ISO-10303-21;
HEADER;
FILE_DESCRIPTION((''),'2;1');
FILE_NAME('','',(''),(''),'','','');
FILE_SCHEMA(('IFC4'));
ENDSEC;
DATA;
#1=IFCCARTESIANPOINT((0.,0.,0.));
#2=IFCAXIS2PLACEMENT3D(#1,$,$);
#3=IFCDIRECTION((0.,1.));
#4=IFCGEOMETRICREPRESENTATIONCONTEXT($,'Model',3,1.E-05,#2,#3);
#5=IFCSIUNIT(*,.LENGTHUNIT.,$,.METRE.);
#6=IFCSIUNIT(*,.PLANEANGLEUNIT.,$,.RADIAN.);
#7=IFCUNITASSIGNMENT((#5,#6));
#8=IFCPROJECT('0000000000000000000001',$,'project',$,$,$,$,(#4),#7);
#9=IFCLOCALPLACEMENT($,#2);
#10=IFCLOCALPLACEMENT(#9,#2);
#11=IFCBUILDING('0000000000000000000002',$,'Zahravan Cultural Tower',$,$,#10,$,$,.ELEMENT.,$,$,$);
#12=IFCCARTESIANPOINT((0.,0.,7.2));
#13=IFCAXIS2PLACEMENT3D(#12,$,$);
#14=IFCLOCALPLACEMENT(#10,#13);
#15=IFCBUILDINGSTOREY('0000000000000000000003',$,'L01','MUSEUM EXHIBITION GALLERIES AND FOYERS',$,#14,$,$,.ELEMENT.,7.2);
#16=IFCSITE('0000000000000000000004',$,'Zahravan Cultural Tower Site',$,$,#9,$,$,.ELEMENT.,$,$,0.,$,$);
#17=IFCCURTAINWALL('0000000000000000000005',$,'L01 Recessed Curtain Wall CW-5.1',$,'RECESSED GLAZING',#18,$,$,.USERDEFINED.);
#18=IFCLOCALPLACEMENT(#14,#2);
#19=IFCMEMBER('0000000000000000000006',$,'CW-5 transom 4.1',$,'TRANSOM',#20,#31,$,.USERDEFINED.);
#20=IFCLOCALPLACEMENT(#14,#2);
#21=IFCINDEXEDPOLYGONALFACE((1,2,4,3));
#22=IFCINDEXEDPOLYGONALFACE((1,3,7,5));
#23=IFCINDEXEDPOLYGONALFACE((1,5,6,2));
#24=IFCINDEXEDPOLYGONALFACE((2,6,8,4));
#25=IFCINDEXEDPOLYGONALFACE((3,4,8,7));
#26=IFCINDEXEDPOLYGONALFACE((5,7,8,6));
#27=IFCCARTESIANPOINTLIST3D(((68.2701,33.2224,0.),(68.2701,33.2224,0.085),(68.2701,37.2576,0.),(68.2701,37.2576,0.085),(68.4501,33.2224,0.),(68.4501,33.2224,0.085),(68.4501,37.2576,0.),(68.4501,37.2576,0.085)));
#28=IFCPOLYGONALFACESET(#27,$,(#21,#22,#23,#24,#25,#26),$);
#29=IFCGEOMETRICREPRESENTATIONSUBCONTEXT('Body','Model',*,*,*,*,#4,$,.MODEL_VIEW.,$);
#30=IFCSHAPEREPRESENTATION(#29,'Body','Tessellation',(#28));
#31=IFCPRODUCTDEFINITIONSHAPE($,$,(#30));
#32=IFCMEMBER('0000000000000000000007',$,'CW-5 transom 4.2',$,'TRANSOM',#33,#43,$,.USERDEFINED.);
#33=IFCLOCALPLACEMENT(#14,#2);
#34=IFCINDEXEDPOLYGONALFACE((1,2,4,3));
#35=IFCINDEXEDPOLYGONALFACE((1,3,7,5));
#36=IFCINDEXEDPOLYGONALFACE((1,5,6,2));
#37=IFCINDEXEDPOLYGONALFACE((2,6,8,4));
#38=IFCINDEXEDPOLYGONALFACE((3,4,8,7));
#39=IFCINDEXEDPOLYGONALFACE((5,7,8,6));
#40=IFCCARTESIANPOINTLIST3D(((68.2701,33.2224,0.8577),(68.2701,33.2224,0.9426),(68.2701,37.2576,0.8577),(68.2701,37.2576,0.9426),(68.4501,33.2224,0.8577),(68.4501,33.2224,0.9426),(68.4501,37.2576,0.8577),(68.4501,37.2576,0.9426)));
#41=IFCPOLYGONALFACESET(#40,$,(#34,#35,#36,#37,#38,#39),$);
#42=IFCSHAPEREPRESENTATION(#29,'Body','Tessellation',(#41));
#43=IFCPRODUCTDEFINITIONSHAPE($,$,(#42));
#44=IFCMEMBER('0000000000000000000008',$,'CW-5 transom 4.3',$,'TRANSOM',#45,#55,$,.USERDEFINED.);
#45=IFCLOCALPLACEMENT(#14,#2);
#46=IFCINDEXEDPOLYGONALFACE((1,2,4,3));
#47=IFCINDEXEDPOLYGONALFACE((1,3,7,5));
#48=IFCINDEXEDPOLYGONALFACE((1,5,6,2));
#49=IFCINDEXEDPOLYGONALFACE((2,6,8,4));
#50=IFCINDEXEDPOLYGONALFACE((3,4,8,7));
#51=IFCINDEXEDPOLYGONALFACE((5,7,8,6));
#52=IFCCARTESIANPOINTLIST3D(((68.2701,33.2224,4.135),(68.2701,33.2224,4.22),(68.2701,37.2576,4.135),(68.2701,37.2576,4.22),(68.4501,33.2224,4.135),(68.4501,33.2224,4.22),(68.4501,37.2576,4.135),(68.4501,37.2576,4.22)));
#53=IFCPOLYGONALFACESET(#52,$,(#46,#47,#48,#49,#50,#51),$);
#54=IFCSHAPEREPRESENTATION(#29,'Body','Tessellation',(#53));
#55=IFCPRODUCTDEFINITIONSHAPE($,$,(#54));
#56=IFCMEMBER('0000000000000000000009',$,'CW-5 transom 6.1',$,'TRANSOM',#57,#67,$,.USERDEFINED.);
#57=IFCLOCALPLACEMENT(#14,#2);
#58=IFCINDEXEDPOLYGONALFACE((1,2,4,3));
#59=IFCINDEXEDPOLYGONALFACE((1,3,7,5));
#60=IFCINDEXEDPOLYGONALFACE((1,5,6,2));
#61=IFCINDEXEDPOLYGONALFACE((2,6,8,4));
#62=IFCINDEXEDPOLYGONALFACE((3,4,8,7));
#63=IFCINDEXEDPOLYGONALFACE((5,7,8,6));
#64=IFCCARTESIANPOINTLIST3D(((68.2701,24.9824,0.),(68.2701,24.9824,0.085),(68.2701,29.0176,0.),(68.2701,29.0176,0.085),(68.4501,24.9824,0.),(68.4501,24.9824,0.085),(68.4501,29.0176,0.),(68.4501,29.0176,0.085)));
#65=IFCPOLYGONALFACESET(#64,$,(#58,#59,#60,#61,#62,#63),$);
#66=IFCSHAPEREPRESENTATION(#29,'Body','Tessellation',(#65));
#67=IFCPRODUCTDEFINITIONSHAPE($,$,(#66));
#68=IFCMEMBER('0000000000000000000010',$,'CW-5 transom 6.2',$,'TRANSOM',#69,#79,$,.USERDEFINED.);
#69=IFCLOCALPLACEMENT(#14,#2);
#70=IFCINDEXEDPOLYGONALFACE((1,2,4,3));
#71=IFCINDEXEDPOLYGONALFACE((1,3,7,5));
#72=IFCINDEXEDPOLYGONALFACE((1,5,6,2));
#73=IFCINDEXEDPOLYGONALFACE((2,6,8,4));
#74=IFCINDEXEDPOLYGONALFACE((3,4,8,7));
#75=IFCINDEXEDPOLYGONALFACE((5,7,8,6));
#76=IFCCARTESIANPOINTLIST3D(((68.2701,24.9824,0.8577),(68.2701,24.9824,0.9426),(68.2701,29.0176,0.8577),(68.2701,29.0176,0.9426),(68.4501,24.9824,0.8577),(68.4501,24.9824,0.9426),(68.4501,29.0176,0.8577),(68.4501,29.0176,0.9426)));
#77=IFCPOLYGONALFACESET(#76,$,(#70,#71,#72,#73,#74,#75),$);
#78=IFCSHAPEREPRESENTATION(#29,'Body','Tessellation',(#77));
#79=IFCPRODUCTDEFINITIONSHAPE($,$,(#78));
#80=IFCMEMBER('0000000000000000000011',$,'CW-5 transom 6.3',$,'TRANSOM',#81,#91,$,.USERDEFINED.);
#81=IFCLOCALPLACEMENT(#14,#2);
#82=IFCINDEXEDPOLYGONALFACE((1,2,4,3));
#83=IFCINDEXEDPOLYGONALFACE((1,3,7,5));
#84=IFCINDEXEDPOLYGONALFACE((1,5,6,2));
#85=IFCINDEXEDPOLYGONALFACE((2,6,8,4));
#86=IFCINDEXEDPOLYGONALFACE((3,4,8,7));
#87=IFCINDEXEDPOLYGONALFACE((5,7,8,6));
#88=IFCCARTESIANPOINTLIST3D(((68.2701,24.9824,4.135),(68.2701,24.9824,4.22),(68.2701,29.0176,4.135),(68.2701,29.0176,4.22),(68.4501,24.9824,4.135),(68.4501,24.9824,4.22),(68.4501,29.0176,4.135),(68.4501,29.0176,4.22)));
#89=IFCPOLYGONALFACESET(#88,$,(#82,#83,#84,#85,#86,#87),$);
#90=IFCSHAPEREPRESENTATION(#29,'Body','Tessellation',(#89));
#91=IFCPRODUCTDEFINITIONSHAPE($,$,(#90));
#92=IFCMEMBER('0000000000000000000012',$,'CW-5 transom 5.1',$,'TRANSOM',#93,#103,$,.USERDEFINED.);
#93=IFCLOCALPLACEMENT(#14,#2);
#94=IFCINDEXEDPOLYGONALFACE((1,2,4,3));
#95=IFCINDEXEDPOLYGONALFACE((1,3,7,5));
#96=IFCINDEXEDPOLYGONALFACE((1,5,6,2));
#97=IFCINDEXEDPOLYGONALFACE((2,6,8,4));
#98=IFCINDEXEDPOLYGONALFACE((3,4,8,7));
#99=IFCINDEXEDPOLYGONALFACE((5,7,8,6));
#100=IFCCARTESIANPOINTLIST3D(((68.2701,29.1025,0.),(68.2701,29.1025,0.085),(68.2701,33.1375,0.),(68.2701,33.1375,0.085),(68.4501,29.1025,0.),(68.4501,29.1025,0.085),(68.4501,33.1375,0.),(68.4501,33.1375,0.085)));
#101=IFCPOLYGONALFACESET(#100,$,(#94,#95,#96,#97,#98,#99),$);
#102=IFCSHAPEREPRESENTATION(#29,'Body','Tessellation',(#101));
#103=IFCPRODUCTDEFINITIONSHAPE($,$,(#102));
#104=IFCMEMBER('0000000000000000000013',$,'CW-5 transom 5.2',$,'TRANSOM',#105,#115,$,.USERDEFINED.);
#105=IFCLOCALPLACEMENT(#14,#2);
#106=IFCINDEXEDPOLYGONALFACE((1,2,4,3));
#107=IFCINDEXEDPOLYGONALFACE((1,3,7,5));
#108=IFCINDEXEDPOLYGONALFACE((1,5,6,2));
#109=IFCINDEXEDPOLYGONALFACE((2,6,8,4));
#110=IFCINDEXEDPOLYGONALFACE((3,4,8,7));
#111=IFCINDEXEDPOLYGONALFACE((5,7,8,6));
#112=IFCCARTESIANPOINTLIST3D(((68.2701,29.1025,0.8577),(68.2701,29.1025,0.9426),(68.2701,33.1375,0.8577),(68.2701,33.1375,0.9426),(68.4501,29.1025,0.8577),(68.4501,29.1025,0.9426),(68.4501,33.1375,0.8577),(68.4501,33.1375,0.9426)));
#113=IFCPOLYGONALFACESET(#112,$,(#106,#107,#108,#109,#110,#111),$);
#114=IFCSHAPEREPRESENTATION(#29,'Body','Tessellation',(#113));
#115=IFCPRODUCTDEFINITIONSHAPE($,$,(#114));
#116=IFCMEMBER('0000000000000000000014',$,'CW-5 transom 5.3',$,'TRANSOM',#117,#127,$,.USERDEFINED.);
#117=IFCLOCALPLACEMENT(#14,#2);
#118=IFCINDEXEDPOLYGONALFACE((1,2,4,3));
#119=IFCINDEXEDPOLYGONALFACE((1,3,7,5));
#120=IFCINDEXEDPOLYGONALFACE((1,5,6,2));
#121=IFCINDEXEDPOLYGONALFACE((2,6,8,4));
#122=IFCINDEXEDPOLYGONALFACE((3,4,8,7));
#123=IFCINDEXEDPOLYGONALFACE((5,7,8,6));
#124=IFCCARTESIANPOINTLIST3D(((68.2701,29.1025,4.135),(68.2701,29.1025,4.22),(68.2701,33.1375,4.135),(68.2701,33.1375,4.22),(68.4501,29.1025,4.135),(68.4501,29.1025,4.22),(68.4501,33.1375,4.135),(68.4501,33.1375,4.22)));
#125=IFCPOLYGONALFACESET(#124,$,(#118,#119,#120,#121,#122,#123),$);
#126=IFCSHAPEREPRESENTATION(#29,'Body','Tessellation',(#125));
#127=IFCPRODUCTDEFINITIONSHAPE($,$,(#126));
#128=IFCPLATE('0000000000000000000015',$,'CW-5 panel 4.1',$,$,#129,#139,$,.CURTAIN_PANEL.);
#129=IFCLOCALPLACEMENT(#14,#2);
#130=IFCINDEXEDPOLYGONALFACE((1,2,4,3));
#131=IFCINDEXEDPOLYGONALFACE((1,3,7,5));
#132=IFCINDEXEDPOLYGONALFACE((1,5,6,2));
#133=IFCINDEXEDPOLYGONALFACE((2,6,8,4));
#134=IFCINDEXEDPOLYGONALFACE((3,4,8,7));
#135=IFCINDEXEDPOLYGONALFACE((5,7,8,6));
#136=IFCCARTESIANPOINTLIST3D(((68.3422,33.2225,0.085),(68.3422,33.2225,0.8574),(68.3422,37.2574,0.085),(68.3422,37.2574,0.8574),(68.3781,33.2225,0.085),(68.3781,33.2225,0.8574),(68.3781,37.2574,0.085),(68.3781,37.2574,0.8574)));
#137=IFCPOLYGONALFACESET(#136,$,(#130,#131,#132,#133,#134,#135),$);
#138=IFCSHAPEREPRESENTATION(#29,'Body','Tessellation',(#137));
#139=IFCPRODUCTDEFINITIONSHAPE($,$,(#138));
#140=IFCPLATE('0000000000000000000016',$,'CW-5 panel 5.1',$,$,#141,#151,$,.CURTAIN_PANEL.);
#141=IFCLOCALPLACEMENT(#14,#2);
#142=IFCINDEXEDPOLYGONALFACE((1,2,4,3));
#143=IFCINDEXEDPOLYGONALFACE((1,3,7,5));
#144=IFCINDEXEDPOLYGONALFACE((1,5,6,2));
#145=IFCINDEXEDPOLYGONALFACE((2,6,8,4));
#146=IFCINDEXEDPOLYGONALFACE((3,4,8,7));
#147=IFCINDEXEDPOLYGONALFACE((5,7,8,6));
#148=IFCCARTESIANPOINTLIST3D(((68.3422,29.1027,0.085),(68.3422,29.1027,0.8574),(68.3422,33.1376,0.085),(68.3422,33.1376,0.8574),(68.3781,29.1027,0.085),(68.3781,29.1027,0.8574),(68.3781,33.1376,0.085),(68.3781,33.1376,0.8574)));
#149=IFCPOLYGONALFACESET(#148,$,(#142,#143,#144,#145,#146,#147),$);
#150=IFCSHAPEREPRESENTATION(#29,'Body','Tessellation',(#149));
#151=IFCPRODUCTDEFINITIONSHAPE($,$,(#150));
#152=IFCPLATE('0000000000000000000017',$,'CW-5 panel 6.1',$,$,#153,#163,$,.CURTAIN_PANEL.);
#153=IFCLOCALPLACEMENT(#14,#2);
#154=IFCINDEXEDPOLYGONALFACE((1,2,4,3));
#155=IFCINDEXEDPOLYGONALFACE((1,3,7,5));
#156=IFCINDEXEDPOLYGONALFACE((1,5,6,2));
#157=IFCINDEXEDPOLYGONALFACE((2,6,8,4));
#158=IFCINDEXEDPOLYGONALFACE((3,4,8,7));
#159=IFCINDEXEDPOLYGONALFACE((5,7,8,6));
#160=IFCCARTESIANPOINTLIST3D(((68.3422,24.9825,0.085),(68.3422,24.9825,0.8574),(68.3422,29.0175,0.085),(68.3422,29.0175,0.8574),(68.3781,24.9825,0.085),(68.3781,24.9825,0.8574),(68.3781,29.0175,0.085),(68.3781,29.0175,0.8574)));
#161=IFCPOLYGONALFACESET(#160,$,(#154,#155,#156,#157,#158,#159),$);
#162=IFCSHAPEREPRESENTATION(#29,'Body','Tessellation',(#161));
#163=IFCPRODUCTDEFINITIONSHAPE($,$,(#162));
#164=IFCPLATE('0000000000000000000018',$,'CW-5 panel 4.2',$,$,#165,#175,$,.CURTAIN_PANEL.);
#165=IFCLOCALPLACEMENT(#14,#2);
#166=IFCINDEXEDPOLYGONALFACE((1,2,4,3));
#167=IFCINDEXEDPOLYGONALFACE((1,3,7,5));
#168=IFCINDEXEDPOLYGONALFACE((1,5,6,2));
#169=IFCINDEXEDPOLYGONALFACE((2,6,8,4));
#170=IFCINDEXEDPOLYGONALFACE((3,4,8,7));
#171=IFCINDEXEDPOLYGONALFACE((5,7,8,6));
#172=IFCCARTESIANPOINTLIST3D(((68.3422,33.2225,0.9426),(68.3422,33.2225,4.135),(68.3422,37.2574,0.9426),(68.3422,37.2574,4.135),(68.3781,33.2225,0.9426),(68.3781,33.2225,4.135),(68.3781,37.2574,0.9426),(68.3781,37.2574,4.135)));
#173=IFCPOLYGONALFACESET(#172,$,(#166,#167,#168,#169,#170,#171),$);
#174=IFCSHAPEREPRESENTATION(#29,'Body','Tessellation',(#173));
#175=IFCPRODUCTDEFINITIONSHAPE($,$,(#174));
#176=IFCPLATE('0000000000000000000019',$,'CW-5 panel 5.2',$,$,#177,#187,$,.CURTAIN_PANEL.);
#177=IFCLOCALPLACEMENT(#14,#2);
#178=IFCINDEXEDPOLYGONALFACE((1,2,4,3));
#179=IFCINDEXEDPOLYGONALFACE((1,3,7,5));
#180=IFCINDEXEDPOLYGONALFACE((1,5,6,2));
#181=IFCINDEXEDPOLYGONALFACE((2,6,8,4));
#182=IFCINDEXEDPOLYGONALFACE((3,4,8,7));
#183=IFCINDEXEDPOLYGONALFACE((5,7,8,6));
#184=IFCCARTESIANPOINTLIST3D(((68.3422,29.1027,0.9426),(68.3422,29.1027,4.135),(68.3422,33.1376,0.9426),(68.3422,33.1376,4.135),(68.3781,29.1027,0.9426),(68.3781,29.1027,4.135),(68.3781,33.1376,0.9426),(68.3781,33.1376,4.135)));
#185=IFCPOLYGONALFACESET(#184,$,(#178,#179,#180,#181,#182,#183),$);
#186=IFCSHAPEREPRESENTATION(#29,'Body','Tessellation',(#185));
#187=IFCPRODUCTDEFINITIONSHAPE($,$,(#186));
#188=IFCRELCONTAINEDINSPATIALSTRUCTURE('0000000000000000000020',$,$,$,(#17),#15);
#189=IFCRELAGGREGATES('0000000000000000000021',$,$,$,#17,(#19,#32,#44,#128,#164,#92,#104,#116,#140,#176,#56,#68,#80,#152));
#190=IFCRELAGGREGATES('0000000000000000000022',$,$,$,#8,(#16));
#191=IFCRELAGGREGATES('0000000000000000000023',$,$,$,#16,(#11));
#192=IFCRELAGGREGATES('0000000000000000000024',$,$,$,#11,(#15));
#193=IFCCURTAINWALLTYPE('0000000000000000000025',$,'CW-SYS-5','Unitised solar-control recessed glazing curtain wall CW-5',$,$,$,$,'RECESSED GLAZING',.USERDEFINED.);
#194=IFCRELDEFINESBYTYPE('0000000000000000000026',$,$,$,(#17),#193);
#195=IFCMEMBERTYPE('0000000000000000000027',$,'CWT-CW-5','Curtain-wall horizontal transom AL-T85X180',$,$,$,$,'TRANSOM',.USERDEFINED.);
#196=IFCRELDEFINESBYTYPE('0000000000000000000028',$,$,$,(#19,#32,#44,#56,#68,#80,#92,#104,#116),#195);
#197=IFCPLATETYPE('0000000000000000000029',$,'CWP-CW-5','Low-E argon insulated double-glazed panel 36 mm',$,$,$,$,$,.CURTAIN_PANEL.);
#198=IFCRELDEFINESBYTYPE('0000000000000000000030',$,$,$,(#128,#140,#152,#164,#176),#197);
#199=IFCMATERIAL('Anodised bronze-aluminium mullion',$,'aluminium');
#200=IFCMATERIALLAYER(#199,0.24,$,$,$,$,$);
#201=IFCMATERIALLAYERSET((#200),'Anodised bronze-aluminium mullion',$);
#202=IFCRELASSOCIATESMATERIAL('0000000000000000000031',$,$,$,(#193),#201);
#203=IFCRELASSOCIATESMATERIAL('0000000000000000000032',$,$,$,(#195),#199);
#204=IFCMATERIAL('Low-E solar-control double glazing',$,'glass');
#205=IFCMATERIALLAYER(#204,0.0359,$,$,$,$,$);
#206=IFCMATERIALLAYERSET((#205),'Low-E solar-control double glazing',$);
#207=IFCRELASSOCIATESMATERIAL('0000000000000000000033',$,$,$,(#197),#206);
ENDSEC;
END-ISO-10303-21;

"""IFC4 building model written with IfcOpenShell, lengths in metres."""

from ifc_helpers import new_model, si_unit, direction, frame, origin, origin_2d, place, context, subcontext, project, spatial, rectangle, extrude, source, transform, mapped, material, layer, layer_set, material_profile, profile_set, type_object, element, aggregate, save


model = new_model("IFC4")

# Units and contexts
model_context = context("Model", 3, precision=1e-05, world=origin(), true_north=direction((0.0, 1.0)))
body_context = subcontext(model_context, "Body", "Model", "MODEL_VIEW")
ifc_project = project(units=[si_unit("LENGTHUNIT", "METRE"), si_unit("PLANEANGLEUNIT", "RADIAN")], contexts=[model_context])

# Site, building, storey
site_placement = place(None, origin())
site = spatial("IfcSite", under=ifc_project, at=site_placement, Name="Zahravan Cultural Tower Site", CompositionType="ELEMENT", RefElevation=0.0)
building_placement = place(site_placement, origin())
building = spatial("IfcBuilding", under=site, at=building_placement, Name="Zahravan Cultural Tower", CompositionType="ELEMENT")
storey_placement = place(building_placement, frame((0.0, 0.0, 7.2)))
storey = spatial("IfcBuildingStorey", under=building, at=storey_placement, Name="L01", Description="MUSEUM EXHIBITION GALLERIES AND FOYERS", CompositionType="ELEMENT", Elevation=7.2)

# Curtain wall, members, plates
ifc_material_1 = material(Name="Anodised bronze-aluminium mullion", Category="aluminium")
ifc_layer_1 = layer(ifc_material_1, 0.24)
ifc_layer_set_1 = layer_set([ifc_layer_1], Name="Anodised bronze-aluminium mullion")
curtain_wall_type = type_object("IfcCurtainWallType", Name="CW-SYS-5", Description="Unitised solar-control recessed glazing curtain wall CW-5", ElementType="RECESSED GLAZING", PredefinedType="USERDEFINED", material=ifc_layer_set_1)
curtain_wall_placement = place(storey_placement, origin())
curtain_wall = element("IfcCurtainWall", 1, at=curtain_wall_placement, inside=storey, type_object=curtain_wall_type, Name="L01 Recessed Curtain Wall CW-5.1", ObjectType="RECESSED GLAZING", PredefinedType="USERDEFINED")
ifc_material_profile_1 = material_profile(ifc_material_1, rectangle(XDim=0.1799, YDim=0.085, at=origin_2d()), Name="AL-T85X180")
ifc_profile_set_1 = profile_set([ifc_material_profile_1], Name="Anodised bronze-aluminium mullion")
member_type_1 = type_object("IfcMemberType", Name="CWT-CW-5", Description="Curtain-wall horizontal transom AL-T85X180", ElementType="TRANSOM", PredefinedType="USERDEFINED", material=ifc_profile_set_1)
shared_shape_1 = source(origin(), body_context, "Body", "SweptSolid", [
    extrude(rectangle(XDim=0.1799, YDim=0.085, at=origin_2d()), origin(), (0.0, 0.0, 1.0), 4.0352),
])
member_1_placement = place(storey_placement, frame((68.3601, 37.2576, 0.0425), z_axis=(0.0, -1.0, 0.0), x_axis=(1.0, 0.0, 0.0)))
member_1 = element("IfcMember", 2, at=member_1_placement, type_object=member_type_1, Name="CW-5 transom 4.1", ObjectType="TRANSOM", PredefinedType="USERDEFINED", context=body_context, shape_type="MappedRepresentation", body=[
    mapped(shared_shape_1, transform((0.0, 0.0, 0.0), x_axis=(1.0, 0.0, 0.0), y_axis=(0.0, 1.0, 0.0), z_axis=(0.0, 0.0, 1.0), scale=1.0)),
])
member_2_placement = place(storey_placement, frame((68.3601, 37.2576, 0.9001), z_axis=(0.0, -1.0, 0.0), x_axis=(1.0, 0.0, 0.0)))
member_2 = element("IfcMember", 3, at=member_2_placement, type_object=member_type_1, Name="CW-5 transom 4.2", ObjectType="TRANSOM", PredefinedType="USERDEFINED", context=body_context, shape_type="MappedRepresentation", body=[
    mapped(shared_shape_1, transform((0.0, 0.0, 0.0), x_axis=(1.0, 0.0, 0.0), y_axis=(0.0, 1.0, 0.0), z_axis=(0.0, 0.0, 1.0), scale=1.0)),
])
member_3_placement = place(storey_placement, frame((68.3601, 37.2576, 4.1775), z_axis=(0.0, -1.0, 0.0), x_axis=(1.0, 0.0, 0.0)))
member_3 = element("IfcMember", 4, at=member_3_placement, type_object=member_type_1, Name="CW-5 transom 4.3", ObjectType="TRANSOM", PredefinedType="USERDEFINED", context=body_context, shape_type="MappedRepresentation", body=[
    mapped(shared_shape_1, transform((0.0, 0.0, 0.0), x_axis=(1.0, 0.0, 0.0), y_axis=(0.0, 1.0, 0.0), z_axis=(0.0, 0.0, 1.0), scale=1.0)),
])
member_4_placement = place(storey_placement, frame((68.3601, 29.0176, 0.0425), z_axis=(0.0, -1.0, 0.0), x_axis=(1.0, 0.0, 0.0)))
member_4 = element("IfcMember", 5, at=member_4_placement, type_object=member_type_1, Name="CW-5 transom 6.1", ObjectType="TRANSOM", PredefinedType="USERDEFINED", context=body_context, shape_type="MappedRepresentation", body=[
    mapped(shared_shape_1, transform((0.0, 0.0, 0.0), x_axis=(1.0, 0.0, 0.0), y_axis=(0.0, 1.0, 0.0), z_axis=(0.0, 0.0, 1.0), scale=1.0)),
])
member_5_placement = place(storey_placement, frame((68.3601, 29.0176, 0.9001), z_axis=(0.0, -1.0, 0.0), x_axis=(1.0, 0.0, 0.0)))
member_5 = element("IfcMember", 6, at=member_5_placement, type_object=member_type_1, Name="CW-5 transom 6.2", ObjectType="TRANSOM", PredefinedType="USERDEFINED", context=body_context, shape_type="MappedRepresentation", body=[
    mapped(shared_shape_1, transform((0.0, 0.0, 0.0), x_axis=(1.0, 0.0, 0.0), y_axis=(0.0, 1.0, 0.0), z_axis=(0.0, 0.0, 1.0), scale=1.0)),
])
member_6_placement = place(storey_placement, frame((68.3601, 29.0176, 4.1775), z_axis=(0.0, -1.0, 0.0), x_axis=(1.0, 0.0, 0.0)))
member_6 = element("IfcMember", 7, at=member_6_placement, type_object=member_type_1, Name="CW-5 transom 6.3", ObjectType="TRANSOM", PredefinedType="USERDEFINED", context=body_context, shape_type="MappedRepresentation", body=[
    mapped(shared_shape_1, transform((0.0, 0.0, 0.0), x_axis=(1.0, 0.0, 0.0), y_axis=(0.0, 1.0, 0.0), z_axis=(0.0, 0.0, 1.0), scale=1.0)),
])
shared_shape_2 = source(origin(), body_context, "Body", "SweptSolid", [
    extrude(rectangle(XDim=0.1799, YDim=0.085, at=origin_2d()), origin(), (0.0, 0.0, 1.0), 4.0349),
])
member_7_placement = place(storey_placement, frame((68.3601, 33.1375, 0.0425), z_axis=(0.0, -1.0, 0.0), x_axis=(1.0, 0.0, 0.0)))
member_7 = element("IfcMember", 8, at=member_7_placement, type_object=member_type_1, Name="CW-5 transom 5.1", ObjectType="TRANSOM", PredefinedType="USERDEFINED", context=body_context, shape_type="MappedRepresentation", body=[
    mapped(shared_shape_2, transform((0.0, 0.0, 0.0), x_axis=(1.0, 0.0, 0.0), y_axis=(0.0, 1.0, 0.0), z_axis=(0.0, 0.0, 1.0), scale=1.0)),
])
member_8_placement = place(storey_placement, frame((68.3601, 33.1375, 0.9001), z_axis=(0.0, -1.0, 0.0), x_axis=(1.0, 0.0, 0.0)))
member_8 = element("IfcMember", 9, at=member_8_placement, type_object=member_type_1, Name="CW-5 transom 5.2", ObjectType="TRANSOM", PredefinedType="USERDEFINED", context=body_context, shape_type="MappedRepresentation", body=[
    mapped(shared_shape_2, transform((0.0, 0.0, 0.0), x_axis=(1.0, 0.0, 0.0), y_axis=(0.0, 1.0, 0.0), z_axis=(0.0, 0.0, 1.0), scale=1.0)),
])
member_9_placement = place(storey_placement, frame((68.3601, 33.1375, 4.1775), z_axis=(0.0, -1.0, 0.0), x_axis=(1.0, 0.0, 0.0)))
member_9 = element("IfcMember", 10, at=member_9_placement, type_object=member_type_1, Name="CW-5 transom 5.3", ObjectType="TRANSOM", PredefinedType="USERDEFINED", context=body_context, shape_type="MappedRepresentation", body=[
    mapped(shared_shape_2, transform((0.0, 0.0, 0.0), x_axis=(1.0, 0.0, 0.0), y_axis=(0.0, 1.0, 0.0), z_axis=(0.0, 0.0, 1.0), scale=1.0)),
])
ifc_material_2 = material(Name="Low-E solar-control double glazing", Category="glass")
ifc_layer_2 = layer(ifc_material_2, 0.0359)
ifc_layer_set_2 = layer_set([ifc_layer_2], Name="Low-E solar-control double glazing")
plate_type = type_object("IfcPlateType", Name="CWP-CW-5", Description="Low-E argon insulated double-glazed panel 36 mm", PredefinedType="CURTAIN_PANEL", material=ifc_layer_set_2)
shared_shape_3 = source(origin(), body_context, "Body", "SweptSolid", [
    extrude(rectangle(XDim=4.0349, YDim=0.0359, at=origin_2d()), origin(), (0.0, 0.0, 1.0), 0.7725),
])
plate_1_placement = place(storey_placement, frame((68.3601, 35.24, 0.085), z_axis=(0.0, 0.0, 1.0), x_axis=(0.0, -1.0, 0.0)))
plate_1 = element("IfcPlate", 11, at=plate_1_placement, type_object=plate_type, Name="CW-5 panel 4.1", PredefinedType="CURTAIN_PANEL", context=body_context, shape_type="MappedRepresentation", body=[
    mapped(shared_shape_3, transform((0.0, 0.0, 0.0), x_axis=(1.0, 0.0, 0.0), y_axis=(0.0, 1.0, 0.0), z_axis=(0.0, 0.0, 1.0), scale=1.0)),
])
plate_2_placement = place(storey_placement, frame((68.3601, 31.1201, 0.085), z_axis=(0.0, 0.0, 1.0), x_axis=(0.0, -1.0, 0.0)))
plate_2 = element("IfcPlate", 12, at=plate_2_placement, type_object=plate_type, Name="CW-5 panel 5.1", PredefinedType="CURTAIN_PANEL", context=body_context, shape_type="MappedRepresentation", body=[
    mapped(shared_shape_3, transform((0.0, 0.0, 0.0), x_axis=(1.0, 0.0, 0.0), y_axis=(0.0, 1.0, 0.0), z_axis=(0.0, 0.0, 1.0), scale=1.0)),
])
plate_3_placement = place(storey_placement, frame((68.3601, 27.0, 0.085), z_axis=(0.0, 0.0, 1.0), x_axis=(0.0, -1.0, 0.0)))
plate_3 = element("IfcPlate", 13, at=plate_3_placement, type_object=plate_type, Name="CW-5 panel 6.1", PredefinedType="CURTAIN_PANEL", context=body_context, shape_type="MappedRepresentation", body=[
    mapped(shared_shape_3, transform((0.0, 0.0, 0.0), x_axis=(1.0, 0.0, 0.0), y_axis=(0.0, 1.0, 0.0), z_axis=(0.0, 0.0, 1.0), scale=1.0)),
])
shared_shape_4 = source(origin(), body_context, "Body", "SweptSolid", [
    extrude(rectangle(XDim=4.0349, YDim=0.0359, at=origin_2d()), origin(), (0.0, 0.0, 1.0), 3.1924),
])
plate_4_placement = place(storey_placement, frame((68.3601, 35.24, 0.9426), z_axis=(0.0, 0.0, 1.0), x_axis=(0.0, -1.0, 0.0)))
plate_4 = element("IfcPlate", 14, at=plate_4_placement, type_object=plate_type, Name="CW-5 panel 4.2", PredefinedType="CURTAIN_PANEL", context=body_context, shape_type="MappedRepresentation", body=[
    mapped(shared_shape_4, transform((0.0, 0.0, 0.0), x_axis=(1.0, 0.0, 0.0), y_axis=(0.0, 1.0, 0.0), z_axis=(0.0, 0.0, 1.0), scale=1.0)),
])
plate_5_placement = place(storey_placement, frame((68.3601, 31.1201, 0.9426), z_axis=(0.0, 0.0, 1.0), x_axis=(0.0, -1.0, 0.0)))
plate_5 = element("IfcPlate", 15, at=plate_5_placement, type_object=plate_type, Name="CW-5 panel 5.2", PredefinedType="CURTAIN_PANEL", context=body_context, shape_type="MappedRepresentation", body=[
    mapped(shared_shape_4, transform((0.0, 0.0, 0.0), x_axis=(1.0, 0.0, 0.0), y_axis=(0.0, 1.0, 0.0), z_axis=(0.0, 0.0, 1.0), scale=1.0)),
])
aggregate(curtain_wall, [member_1, member_2, member_3, plate_1, plate_4, member_7, member_8, member_9, plate_2, plate_5, member_4, member_5, member_6, plate_3])

save(model, "model.ifc")
